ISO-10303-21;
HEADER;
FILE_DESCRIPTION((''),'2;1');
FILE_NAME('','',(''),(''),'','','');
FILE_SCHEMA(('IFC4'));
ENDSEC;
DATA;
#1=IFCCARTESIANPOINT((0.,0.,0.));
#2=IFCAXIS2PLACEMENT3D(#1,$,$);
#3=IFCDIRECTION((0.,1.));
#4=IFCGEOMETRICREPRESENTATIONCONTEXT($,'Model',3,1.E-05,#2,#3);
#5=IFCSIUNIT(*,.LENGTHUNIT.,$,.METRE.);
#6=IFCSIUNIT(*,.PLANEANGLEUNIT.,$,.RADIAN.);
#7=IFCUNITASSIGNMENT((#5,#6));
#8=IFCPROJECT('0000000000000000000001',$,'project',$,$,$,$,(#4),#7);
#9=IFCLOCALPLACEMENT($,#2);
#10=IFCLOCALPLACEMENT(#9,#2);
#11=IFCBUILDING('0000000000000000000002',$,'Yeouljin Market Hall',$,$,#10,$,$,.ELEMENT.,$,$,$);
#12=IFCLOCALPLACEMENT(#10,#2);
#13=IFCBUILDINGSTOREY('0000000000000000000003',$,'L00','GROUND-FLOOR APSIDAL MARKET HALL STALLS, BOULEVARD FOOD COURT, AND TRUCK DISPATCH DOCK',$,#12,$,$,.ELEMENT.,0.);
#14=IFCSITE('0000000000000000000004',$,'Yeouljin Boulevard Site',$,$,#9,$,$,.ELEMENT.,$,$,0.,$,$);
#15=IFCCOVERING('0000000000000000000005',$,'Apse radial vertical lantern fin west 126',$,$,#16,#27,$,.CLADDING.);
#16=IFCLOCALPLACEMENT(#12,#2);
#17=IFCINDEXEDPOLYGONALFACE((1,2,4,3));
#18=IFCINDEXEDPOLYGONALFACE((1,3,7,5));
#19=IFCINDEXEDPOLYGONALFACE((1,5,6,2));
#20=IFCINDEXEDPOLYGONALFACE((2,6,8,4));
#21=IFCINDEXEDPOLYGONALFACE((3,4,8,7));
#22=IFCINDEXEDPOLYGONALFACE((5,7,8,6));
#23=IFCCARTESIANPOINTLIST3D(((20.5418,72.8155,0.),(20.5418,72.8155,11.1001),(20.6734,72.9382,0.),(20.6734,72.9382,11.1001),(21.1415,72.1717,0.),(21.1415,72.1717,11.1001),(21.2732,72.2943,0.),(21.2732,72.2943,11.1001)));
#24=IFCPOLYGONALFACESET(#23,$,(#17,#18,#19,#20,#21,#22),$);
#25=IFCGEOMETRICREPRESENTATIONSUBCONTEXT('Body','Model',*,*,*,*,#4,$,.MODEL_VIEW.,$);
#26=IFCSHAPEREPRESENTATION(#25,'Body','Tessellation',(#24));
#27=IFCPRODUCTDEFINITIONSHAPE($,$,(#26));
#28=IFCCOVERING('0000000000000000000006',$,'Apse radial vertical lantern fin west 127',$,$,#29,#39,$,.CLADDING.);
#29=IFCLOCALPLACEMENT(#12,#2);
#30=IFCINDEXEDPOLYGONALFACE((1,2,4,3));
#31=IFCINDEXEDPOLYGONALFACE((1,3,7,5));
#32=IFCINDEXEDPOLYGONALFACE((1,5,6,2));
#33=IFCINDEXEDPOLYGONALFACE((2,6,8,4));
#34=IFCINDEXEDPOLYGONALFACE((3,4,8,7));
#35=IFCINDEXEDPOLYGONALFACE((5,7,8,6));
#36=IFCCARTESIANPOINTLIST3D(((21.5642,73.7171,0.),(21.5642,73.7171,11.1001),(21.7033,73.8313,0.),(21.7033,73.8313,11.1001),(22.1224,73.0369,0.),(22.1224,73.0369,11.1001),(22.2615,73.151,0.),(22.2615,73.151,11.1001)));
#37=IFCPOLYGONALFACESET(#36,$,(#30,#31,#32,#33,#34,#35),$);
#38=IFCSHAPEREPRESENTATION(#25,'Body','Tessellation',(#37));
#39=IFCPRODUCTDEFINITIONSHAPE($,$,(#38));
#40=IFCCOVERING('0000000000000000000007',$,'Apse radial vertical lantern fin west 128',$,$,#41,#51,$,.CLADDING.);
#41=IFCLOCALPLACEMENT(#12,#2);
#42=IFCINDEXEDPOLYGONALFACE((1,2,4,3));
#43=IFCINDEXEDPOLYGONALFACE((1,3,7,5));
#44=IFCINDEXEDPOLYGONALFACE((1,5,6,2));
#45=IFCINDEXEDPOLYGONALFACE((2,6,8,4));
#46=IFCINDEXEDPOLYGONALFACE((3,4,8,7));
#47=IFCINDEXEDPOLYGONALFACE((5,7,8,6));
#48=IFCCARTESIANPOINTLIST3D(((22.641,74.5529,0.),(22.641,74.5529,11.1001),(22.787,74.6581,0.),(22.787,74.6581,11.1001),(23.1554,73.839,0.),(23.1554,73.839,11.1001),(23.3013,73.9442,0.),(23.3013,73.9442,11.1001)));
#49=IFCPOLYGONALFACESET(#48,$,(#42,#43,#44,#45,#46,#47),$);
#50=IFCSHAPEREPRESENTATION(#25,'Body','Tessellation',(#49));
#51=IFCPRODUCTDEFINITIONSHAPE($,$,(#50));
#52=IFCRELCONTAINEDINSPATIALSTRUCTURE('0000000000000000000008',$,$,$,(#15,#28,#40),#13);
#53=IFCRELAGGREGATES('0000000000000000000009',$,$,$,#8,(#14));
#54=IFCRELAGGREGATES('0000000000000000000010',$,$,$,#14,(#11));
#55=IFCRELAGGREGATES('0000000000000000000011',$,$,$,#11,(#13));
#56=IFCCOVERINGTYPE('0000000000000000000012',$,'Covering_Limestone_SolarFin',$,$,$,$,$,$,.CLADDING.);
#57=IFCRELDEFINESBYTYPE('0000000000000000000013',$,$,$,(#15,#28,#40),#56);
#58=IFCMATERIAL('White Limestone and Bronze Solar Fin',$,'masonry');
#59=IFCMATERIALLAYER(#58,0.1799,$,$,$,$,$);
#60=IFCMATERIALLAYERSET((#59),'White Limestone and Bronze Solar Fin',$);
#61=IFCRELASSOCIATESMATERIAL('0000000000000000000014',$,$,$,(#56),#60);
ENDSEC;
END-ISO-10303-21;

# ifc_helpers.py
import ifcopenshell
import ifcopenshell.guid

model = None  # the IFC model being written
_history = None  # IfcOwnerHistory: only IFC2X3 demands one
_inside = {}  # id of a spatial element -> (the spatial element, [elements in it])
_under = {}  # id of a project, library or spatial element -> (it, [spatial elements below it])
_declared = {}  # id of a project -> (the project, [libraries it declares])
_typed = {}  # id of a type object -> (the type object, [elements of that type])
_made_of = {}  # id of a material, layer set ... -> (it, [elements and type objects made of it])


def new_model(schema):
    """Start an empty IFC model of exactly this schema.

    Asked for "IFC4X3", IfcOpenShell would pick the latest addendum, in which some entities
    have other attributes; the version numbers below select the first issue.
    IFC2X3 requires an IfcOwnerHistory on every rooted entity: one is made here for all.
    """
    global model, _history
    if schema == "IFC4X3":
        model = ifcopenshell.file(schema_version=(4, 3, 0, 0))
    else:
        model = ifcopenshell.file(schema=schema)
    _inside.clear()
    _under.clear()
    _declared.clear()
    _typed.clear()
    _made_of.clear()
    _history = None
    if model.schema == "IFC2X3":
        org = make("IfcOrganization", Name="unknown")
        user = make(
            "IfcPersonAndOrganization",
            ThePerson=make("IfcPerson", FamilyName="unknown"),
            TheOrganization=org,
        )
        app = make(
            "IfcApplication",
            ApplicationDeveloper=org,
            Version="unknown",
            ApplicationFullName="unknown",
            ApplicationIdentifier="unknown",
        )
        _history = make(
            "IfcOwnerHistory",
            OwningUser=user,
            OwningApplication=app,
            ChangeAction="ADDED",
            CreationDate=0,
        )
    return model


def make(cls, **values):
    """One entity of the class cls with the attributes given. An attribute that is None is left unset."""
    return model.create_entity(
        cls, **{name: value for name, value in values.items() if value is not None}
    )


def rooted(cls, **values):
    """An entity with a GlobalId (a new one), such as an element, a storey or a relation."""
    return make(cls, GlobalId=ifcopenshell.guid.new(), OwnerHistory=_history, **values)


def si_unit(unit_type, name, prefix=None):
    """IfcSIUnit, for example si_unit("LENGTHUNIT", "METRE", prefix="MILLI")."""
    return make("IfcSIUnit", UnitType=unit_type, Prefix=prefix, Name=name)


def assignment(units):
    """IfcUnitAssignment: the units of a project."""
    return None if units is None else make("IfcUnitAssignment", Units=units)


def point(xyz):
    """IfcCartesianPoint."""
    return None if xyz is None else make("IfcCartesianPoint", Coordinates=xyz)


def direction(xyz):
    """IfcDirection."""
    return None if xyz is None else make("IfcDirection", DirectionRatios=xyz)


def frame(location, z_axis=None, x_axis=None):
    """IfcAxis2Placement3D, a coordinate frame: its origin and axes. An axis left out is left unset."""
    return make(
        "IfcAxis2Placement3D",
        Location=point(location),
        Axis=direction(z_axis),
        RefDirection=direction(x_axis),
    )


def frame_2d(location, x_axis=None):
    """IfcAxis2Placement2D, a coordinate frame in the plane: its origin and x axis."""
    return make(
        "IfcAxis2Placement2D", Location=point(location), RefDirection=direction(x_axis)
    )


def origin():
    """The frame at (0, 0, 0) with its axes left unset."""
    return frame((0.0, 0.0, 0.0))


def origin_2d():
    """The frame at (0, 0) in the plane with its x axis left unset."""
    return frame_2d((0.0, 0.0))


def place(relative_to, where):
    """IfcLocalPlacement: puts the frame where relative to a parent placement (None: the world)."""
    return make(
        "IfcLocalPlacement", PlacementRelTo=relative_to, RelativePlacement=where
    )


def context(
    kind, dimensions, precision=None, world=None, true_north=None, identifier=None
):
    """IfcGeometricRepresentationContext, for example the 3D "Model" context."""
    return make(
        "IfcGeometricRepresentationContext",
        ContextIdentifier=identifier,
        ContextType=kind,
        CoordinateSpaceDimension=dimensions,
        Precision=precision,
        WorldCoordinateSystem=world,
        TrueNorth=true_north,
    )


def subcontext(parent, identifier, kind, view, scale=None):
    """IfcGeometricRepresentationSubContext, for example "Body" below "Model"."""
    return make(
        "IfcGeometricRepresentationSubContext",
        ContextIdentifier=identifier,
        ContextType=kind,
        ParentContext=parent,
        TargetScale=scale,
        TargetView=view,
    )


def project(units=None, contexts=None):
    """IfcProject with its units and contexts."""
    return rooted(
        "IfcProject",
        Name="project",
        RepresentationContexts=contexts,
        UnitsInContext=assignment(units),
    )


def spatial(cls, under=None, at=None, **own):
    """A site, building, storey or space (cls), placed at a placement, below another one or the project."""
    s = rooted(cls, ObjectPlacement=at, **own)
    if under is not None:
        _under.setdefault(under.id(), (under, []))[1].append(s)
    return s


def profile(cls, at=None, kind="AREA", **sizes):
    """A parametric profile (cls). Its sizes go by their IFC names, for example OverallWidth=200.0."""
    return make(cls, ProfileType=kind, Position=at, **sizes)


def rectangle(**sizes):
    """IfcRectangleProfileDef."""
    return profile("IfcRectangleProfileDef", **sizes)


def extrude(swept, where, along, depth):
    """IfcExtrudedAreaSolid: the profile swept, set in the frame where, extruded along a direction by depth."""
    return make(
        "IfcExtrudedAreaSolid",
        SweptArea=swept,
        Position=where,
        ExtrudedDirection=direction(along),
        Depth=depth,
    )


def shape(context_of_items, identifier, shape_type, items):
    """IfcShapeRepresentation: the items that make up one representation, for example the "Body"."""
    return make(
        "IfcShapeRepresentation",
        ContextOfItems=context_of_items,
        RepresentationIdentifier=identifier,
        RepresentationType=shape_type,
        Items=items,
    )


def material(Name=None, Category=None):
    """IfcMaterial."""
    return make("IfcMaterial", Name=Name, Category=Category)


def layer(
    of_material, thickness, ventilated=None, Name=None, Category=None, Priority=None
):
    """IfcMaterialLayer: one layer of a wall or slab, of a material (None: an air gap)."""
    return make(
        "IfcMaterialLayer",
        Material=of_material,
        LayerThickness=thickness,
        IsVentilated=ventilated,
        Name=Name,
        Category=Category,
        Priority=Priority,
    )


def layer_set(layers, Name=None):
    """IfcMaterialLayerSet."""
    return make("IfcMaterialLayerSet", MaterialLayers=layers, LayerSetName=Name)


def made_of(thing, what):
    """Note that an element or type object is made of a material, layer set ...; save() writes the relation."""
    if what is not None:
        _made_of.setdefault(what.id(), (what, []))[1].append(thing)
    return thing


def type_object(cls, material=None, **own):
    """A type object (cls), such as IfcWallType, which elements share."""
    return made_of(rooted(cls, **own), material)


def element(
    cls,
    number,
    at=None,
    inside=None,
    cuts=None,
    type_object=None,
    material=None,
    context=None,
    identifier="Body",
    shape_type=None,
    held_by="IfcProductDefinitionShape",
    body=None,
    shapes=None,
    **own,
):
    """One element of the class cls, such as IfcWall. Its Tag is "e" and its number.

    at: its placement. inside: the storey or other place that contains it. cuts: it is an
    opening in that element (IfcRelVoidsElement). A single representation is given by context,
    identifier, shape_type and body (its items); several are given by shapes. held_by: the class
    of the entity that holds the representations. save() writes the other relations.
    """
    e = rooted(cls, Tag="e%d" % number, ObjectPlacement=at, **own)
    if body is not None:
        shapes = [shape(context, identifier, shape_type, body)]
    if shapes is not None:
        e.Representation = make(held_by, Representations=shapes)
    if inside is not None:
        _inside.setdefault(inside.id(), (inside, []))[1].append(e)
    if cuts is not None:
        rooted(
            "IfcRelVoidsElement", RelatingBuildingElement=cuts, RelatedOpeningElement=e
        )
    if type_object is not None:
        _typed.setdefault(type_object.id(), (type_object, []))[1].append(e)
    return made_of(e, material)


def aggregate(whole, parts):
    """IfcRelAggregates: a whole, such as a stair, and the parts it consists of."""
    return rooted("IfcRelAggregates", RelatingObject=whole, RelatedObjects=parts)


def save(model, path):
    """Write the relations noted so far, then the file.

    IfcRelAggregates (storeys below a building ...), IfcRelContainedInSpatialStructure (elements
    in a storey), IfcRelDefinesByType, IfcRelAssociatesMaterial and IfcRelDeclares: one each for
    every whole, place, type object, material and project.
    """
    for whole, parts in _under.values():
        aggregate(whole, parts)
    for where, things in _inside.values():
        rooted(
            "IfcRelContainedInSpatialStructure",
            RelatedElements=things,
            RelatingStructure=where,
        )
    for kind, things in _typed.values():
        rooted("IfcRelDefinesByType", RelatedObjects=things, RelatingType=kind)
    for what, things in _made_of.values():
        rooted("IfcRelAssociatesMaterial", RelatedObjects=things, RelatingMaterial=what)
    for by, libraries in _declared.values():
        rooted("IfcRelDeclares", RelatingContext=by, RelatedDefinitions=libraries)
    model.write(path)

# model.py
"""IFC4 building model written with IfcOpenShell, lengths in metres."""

from ifc_helpers import new_model, si_unit, direction, frame, origin, origin_2d, place, context, subcontext, project, spatial, rectangle, extrude, material, layer, layer_set, type_object, element, save


model = new_model("IFC4")

# Units and contexts
model_context = context("Model", 3, precision=1e-05, world=origin(), true_north=direction((0.0, 1.0)))
body_context = subcontext(model_context, "Body", "Model", "MODEL_VIEW")
ifc_project = project(units=[si_unit("LENGTHUNIT", "METRE"), si_unit("PLANEANGLEUNIT", "RADIAN")], contexts=[model_context])

# Site, building, storey
site_placement = place(None, origin())
site = spatial("IfcSite", under=ifc_project, at=site_placement, Name="Yeouljin Boulevard Site", CompositionType="ELEMENT", RefElevation=0.0)
building_placement = place(site_placement, origin())
building = spatial("IfcBuilding", under=site, at=building_placement, Name="Yeouljin Market Hall", CompositionType="ELEMENT")
storey_placement = place(building_placement, origin())
storey = spatial("IfcBuildingStorey", under=building, at=storey_placement, Name="L00", Description="GROUND-FLOOR APSIDAL MARKET HALL STALLS, BOULEVARD FOOD COURT, AND TRUCK DISPATCH DOCK", CompositionType="ELEMENT", Elevation=0.0)

# Coverings
ifc_material_1 = material(Name="White Limestone and Bronze Solar Fin", Category="masonry")
ifc_layer_1 = layer(ifc_material_1, 0.1799)
ifc_layer_set_1 = layer_set([ifc_layer_1], Name="White Limestone and Bronze Solar Fin")
covering_type = type_object("IfcCoveringType", Name="Covering_Limestone_SolarFin", PredefinedType="CLADDING", material=ifc_layer_set_1)
for number, where, z_axis, x_axis, name in (
    (1, (20.9075, 72.5549, 0.0), (0.0, 0.0, 1.0), (-0.681615, 0.731711, 0.0), "Apse radial vertical lantern fin west 126"),
    (2, (21.9128, 73.4341, 0.0), (0.0, 0.0, 1.0), (-0.634326, 0.773066, 0.0), "Apse radial vertical lantern fin west 127"),
    (3, (22.9712, 74.2485, 0.0), (0.0, 0.0, 1.0), (-0.584533, 0.81137, 0.0), "Apse radial vertical lantern fin west 128"),
):
    element("IfcCovering", number, at=place(storey_placement, frame(where, z_axis=z_axis, x_axis=x_axis)), inside=storey, type_object=covering_type, Name=name, PredefinedType="CLADDING", context=body_context, shape_type="SweptSolid", body=[
        extrude(rectangle(XDim=0.8799, YDim=0.1799, at=origin_2d()), origin(), (0.0, 0.0, 1.0), 11.1001),
    ])

save(model, "model.ifc")
